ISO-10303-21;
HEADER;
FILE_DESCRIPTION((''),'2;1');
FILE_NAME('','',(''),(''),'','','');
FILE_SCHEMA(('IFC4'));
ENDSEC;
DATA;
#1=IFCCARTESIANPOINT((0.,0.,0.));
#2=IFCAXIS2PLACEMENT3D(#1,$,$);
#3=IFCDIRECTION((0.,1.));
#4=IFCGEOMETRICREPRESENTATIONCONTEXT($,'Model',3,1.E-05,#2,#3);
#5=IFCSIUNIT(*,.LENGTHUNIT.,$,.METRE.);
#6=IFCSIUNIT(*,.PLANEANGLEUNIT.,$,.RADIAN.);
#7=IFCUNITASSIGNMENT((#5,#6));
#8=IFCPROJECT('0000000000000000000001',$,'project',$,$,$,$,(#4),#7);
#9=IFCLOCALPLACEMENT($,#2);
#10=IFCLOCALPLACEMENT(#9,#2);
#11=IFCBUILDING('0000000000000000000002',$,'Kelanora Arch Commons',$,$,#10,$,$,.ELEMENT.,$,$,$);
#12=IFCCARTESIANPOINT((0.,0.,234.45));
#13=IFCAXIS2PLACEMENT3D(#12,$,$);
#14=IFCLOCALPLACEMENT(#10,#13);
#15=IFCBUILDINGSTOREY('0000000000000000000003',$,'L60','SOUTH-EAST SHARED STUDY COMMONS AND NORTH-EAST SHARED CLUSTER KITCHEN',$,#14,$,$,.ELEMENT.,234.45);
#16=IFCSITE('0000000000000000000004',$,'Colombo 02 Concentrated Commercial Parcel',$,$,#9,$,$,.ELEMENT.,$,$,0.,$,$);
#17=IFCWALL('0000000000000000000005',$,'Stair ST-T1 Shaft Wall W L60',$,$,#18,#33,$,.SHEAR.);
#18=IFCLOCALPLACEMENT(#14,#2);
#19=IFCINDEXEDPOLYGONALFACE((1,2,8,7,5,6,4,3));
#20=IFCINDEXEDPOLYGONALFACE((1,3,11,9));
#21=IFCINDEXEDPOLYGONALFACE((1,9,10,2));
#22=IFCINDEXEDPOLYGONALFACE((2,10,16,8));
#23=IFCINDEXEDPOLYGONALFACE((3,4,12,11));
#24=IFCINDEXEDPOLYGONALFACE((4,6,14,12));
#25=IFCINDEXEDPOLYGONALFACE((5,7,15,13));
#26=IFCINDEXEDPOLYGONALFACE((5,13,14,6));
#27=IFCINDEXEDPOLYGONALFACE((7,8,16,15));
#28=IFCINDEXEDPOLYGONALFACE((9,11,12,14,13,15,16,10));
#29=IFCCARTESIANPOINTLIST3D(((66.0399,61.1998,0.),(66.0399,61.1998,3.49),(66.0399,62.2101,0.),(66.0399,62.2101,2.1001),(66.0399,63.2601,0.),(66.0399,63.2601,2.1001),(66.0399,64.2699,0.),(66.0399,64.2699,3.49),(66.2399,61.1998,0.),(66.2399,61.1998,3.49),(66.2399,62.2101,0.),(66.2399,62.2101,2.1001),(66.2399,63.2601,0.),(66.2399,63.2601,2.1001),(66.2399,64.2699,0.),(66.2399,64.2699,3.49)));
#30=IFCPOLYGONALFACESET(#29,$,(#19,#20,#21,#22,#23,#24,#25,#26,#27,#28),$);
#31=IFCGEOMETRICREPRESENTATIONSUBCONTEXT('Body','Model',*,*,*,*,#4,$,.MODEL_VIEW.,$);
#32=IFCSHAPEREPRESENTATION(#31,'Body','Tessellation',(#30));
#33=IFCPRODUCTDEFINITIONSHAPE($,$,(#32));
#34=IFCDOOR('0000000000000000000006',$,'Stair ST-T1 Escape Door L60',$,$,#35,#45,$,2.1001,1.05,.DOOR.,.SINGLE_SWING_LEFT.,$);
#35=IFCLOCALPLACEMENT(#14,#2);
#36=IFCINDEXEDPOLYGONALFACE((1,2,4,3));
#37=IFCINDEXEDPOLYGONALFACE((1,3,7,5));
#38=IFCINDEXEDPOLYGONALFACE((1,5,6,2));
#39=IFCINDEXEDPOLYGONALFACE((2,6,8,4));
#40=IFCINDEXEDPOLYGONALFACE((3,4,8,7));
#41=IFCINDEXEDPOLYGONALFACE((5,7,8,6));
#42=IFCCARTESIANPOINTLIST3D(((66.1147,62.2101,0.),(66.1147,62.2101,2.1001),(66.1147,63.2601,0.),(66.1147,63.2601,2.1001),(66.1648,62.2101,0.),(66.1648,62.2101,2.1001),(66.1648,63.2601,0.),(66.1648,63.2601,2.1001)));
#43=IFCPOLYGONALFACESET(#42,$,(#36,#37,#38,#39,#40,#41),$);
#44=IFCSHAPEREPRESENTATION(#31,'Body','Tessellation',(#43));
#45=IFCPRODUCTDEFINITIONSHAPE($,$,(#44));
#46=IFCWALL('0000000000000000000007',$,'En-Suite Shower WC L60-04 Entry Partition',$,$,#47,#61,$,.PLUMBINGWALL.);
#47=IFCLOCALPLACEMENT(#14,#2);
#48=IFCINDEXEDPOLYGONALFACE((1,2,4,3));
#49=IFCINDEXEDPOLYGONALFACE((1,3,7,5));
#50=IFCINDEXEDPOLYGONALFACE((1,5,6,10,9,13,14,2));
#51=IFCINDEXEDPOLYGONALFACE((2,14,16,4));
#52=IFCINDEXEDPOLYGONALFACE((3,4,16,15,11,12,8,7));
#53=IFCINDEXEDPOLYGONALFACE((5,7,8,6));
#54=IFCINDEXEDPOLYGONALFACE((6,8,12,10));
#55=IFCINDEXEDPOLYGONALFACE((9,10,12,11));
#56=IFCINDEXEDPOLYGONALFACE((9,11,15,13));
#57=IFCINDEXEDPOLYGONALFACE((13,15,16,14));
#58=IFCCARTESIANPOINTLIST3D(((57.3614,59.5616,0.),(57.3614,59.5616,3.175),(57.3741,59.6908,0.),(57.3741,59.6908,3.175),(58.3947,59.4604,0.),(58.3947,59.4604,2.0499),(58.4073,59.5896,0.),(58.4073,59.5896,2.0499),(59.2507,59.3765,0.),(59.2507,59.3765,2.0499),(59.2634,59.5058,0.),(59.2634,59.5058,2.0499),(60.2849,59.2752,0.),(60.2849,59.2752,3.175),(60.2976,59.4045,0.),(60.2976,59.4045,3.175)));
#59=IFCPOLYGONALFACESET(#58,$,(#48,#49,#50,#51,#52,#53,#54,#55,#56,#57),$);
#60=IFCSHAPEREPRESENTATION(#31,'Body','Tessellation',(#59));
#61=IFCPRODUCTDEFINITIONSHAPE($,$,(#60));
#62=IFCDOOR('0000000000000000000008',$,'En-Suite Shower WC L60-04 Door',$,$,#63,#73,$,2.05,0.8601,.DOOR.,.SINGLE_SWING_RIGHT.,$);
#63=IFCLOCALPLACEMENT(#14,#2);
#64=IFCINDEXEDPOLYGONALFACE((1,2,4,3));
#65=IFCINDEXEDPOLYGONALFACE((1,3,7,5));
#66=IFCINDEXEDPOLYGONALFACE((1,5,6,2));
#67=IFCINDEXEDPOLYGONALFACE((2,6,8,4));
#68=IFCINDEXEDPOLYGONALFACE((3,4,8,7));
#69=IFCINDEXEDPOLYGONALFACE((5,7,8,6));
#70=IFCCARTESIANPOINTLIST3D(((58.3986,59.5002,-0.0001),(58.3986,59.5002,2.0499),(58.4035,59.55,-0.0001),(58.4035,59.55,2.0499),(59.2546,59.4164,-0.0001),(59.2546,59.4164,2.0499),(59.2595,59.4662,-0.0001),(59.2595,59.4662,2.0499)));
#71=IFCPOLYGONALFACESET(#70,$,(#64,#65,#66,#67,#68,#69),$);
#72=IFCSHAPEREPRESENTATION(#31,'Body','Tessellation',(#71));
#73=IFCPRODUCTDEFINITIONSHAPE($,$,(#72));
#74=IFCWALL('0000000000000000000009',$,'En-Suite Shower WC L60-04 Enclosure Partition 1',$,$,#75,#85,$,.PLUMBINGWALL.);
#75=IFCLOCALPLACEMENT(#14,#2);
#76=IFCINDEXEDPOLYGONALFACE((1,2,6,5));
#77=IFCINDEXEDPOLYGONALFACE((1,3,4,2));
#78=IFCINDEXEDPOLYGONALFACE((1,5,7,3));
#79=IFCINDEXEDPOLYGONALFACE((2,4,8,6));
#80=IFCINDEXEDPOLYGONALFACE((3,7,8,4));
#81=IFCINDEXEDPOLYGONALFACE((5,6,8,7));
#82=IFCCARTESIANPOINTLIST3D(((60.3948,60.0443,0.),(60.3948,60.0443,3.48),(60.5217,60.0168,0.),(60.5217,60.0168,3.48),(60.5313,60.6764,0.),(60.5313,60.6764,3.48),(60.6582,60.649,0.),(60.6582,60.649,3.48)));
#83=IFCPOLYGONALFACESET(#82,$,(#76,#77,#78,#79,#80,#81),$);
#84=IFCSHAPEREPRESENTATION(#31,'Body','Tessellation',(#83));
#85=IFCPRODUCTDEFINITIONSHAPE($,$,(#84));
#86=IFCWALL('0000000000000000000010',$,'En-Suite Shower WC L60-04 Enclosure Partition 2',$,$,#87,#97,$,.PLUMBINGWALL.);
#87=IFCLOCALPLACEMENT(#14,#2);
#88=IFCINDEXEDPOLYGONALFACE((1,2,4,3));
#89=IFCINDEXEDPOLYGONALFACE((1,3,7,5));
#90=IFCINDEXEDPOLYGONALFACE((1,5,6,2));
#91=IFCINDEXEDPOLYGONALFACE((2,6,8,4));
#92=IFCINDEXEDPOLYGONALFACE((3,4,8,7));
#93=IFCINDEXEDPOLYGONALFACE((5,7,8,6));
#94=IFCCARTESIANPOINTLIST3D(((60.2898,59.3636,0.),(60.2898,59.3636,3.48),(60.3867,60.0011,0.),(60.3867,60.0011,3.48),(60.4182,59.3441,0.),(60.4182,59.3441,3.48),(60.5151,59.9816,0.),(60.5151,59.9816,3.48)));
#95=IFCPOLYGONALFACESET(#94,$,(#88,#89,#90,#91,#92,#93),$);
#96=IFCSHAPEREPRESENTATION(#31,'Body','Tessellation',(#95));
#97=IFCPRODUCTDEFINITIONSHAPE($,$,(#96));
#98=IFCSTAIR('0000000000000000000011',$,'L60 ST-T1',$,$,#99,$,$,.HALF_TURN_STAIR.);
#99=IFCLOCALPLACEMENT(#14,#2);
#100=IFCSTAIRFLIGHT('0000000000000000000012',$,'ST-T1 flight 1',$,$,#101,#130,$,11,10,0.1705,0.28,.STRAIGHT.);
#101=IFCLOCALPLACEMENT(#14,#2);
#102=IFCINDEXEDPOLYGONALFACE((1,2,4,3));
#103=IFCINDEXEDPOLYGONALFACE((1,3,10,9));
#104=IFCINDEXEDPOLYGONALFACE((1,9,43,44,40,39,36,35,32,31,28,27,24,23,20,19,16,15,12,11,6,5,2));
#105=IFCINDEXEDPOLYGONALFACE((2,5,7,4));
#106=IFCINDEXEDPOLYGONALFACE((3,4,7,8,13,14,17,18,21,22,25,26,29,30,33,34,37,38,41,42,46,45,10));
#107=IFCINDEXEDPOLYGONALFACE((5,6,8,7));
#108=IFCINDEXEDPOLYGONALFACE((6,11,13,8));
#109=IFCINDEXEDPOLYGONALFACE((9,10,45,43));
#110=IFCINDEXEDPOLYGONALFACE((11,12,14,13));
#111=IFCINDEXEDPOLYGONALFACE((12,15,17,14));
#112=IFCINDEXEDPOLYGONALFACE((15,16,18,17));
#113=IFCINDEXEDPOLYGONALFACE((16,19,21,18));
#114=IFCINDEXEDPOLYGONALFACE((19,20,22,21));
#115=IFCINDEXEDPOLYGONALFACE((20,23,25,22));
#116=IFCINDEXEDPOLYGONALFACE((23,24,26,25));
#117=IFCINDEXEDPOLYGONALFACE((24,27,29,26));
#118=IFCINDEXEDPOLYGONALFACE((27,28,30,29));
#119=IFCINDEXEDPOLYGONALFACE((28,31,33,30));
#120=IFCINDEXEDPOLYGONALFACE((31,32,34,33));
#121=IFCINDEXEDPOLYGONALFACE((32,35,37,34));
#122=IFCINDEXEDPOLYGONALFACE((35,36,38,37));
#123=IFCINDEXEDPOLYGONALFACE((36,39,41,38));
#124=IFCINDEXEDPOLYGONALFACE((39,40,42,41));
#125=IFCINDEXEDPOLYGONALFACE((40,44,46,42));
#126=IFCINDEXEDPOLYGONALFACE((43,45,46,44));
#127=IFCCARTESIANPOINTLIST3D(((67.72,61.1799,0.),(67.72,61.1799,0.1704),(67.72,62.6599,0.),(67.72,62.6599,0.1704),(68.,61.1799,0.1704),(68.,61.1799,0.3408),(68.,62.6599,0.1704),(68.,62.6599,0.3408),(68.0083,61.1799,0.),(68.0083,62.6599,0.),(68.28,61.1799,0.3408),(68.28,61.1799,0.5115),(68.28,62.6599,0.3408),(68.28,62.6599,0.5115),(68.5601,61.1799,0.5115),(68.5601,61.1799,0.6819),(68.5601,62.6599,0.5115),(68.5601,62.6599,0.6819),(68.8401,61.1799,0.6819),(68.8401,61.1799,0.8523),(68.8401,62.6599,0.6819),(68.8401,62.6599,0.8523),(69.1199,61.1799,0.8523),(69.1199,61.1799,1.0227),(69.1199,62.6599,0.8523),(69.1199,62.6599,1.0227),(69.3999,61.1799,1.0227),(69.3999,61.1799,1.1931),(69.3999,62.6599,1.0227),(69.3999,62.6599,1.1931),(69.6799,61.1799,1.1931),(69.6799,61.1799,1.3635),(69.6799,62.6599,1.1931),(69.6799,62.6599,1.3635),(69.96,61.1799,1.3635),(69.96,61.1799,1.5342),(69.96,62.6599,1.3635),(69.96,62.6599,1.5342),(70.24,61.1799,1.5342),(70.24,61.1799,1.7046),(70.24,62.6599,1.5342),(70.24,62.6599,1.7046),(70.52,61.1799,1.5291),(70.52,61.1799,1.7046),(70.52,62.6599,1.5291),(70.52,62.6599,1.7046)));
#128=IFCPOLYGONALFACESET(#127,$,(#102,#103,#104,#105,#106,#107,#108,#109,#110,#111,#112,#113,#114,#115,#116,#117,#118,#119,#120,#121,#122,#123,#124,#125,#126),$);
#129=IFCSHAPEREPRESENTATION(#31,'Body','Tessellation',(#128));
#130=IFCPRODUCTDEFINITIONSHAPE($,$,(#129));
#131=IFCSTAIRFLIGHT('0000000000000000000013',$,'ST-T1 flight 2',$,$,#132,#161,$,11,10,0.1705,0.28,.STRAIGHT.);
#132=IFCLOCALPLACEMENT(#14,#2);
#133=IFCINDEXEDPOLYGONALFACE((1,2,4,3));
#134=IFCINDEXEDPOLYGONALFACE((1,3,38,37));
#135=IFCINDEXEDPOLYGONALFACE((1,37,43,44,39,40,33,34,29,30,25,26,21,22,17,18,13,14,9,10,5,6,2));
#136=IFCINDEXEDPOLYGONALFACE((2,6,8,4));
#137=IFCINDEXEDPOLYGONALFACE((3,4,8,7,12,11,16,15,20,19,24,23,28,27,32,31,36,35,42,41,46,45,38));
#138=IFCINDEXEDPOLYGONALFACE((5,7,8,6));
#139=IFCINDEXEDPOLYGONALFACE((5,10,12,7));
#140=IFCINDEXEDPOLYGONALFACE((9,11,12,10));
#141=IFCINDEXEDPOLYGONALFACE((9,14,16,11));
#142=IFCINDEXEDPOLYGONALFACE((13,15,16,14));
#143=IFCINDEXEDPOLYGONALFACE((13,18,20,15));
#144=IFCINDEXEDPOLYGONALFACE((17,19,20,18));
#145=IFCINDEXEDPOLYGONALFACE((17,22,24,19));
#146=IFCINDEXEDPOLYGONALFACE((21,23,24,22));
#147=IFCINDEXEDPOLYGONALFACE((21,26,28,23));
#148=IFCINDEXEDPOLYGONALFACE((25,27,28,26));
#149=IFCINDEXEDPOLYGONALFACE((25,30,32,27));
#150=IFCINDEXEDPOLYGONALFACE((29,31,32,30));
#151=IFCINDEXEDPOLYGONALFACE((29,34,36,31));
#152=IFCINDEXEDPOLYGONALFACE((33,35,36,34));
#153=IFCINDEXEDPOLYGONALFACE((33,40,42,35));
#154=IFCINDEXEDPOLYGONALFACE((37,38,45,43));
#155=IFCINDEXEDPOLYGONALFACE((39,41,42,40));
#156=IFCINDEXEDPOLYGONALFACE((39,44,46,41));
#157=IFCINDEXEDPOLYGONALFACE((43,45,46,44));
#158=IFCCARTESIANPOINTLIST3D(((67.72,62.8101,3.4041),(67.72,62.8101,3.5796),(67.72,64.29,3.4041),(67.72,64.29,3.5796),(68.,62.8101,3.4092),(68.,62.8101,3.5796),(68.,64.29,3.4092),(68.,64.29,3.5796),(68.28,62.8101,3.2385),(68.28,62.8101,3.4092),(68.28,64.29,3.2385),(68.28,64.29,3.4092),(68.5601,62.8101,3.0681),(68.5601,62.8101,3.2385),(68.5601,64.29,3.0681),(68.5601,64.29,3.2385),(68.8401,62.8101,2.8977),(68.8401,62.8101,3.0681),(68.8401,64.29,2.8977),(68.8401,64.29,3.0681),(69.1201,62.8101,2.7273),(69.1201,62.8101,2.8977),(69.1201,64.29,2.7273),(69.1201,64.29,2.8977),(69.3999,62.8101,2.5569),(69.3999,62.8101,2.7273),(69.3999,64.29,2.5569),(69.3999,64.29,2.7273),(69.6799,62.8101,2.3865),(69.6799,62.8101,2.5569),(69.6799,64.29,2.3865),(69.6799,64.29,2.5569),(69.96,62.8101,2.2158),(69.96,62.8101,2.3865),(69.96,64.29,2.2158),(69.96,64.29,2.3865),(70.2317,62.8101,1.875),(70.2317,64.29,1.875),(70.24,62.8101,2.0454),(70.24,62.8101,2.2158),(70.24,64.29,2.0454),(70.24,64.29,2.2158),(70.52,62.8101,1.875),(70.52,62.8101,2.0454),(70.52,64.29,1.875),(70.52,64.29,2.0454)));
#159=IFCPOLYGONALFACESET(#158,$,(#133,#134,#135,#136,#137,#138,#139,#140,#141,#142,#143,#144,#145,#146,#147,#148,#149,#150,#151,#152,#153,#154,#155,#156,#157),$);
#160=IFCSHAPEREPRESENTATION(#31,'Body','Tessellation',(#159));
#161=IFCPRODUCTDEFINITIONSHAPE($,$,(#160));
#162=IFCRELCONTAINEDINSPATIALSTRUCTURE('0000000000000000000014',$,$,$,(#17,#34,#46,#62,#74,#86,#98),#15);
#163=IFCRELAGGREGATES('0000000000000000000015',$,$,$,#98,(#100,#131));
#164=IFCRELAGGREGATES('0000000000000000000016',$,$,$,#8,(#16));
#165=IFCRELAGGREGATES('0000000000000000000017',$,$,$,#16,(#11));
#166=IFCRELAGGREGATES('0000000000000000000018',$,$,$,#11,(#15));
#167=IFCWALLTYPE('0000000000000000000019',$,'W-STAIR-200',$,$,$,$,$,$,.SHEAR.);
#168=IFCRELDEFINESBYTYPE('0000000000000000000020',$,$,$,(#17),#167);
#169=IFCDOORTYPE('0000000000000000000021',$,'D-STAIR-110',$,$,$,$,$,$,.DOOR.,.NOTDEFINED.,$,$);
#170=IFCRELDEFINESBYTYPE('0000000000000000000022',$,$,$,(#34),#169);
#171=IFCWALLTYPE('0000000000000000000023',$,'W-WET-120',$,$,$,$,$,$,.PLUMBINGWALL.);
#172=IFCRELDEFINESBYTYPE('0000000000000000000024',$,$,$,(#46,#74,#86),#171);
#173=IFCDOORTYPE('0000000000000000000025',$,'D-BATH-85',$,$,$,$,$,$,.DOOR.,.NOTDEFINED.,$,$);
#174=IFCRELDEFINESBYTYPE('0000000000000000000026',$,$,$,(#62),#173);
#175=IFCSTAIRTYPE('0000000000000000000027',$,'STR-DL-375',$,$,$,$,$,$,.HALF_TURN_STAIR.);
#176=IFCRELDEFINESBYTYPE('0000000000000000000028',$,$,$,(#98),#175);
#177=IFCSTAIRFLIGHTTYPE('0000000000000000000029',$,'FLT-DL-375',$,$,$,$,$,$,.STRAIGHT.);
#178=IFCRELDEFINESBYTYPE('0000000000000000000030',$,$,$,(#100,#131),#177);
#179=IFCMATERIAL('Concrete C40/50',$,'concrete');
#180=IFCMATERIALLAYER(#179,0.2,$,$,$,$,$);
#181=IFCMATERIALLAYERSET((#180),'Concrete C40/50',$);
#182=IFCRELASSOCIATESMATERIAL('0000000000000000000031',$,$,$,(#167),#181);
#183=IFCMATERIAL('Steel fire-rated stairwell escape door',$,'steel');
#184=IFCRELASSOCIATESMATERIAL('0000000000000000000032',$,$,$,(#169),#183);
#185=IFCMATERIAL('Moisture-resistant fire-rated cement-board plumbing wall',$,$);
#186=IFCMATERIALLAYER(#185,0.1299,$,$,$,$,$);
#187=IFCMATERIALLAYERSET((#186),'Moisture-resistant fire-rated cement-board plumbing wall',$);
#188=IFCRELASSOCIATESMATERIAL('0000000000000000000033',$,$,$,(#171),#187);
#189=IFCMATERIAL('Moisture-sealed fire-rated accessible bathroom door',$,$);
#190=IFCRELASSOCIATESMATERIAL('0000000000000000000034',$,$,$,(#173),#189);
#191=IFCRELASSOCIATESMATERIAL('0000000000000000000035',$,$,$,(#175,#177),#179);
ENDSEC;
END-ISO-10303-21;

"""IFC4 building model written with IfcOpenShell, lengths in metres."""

from ifc_helpers import new_model, si_unit, direction, frame, frame_2d, origin, place, context, subcontext, project, spatial, polyline, rectangle, outline, extrude, material, layer, layer_set, type_object, element, fill, aggregate, save


model = new_model("IFC4")

# Units and contexts
model_context = context("Model", 3, precision=1e-05, world=origin(), true_north=direction((0.0, 1.0)))
body_context = subcontext(model_context, "Body", "Model", "MODEL_VIEW")
ifc_project = project(units=[si_unit("LENGTHUNIT", "METRE"), si_unit("PLANEANGLEUNIT", "RADIAN")], contexts=[model_context])

# Site, building, storey
site_placement = place(None, origin())
site = spatial("IfcSite", under=ifc_project, at=site_placement, Name="Colombo 02 Concentrated Commercial Parcel", CompositionType="ELEMENT", RefElevation=0.0)
building_placement = place(site_placement, origin())
building = spatial("IfcBuilding", under=site, at=building_placement, Name="Kelanora Arch Commons", CompositionType="ELEMENT")
storey_placement = place(building_placement, frame((0.0, 0.0, 234.45)))
storey = spatial("IfcBuildingStorey", under=building, at=storey_placement, Name="L60", Description="SOUTH-EAST SHARED STUDY COMMONS AND NORTH-EAST SHARED CLUSTER KITCHEN", CompositionType="ELEMENT", Elevation=234.45)

# Shared definitions
ifc_material_1 = material(Name="Concrete C40/50", Category="concrete")
ifc_layer_1 = layer(ifc_material_1, 0.2)
ifc_layer_set_1 = layer_set([ifc_layer_1], Name="Concrete C40/50")
wall_type_1 = type_object("IfcWallType", Name="W-STAIR-200", PredefinedType="SHEAR", material=ifc_layer_set_1)

# Walls, openings, doors
wall_1_placement = place(storey_placement, frame((66.1399, 64.27, 0.0), z_axis=(0.0, 0.0, 1.0), x_axis=(0.0, -1.0, 0.0)))
wall_1 = element("IfcWall", 1, at=wall_1_placement, inside=storey, type_object=wall_type_1, Name="Stair ST-T1 Shaft Wall W L60", PredefinedType="SHEAR", context=body_context, shape_type="SweptSolid", body=[
    extrude(rectangle(XDim=3.0701, YDim=0.2, at=frame_2d((1.5352, 0.0))), origin(), (0.0, 0.0, 1.0), 3.49),
])
opening_1_placement = place(wall_1_placement, frame((1.01, 0.0, 0.0)))
opening_1 = element("IfcOpeningElement", 2, at=opening_1_placement, cuts=wall_1, PredefinedType="OPENING", context=body_context, shape_type="SweptSolid", body=[
    extrude(rectangle(XDim=1.05, YDim=2.1001, at=frame_2d((0.5249, 1.05))), frame((0.0, 0.1099, 0.0), z_axis=(0.0, -1.0, 0.0), x_axis=(1.0, 0.0, 0.0)), (0.0, 0.0, 1.0), 0.22),
])
ifc_material_2 = material(Name="Steel fire-rated stairwell escape door", Category="steel")
door_type_1 = type_object("IfcDoorType", Name="D-STAIR-110", OperationType="NOTDEFINED", PredefinedType="DOOR", material=ifc_material_2)
door_1_placement = place(opening_1_placement, origin())
door_1 = element("IfcDoor", 3, at=door_1_placement, inside=storey, type_object=door_type_1, Name="Stair ST-T1 Escape Door L60", OperationType="SINGLE_SWING_LEFT", OverallHeight=2.1001, OverallWidth=1.05, PredefinedType="DOOR", context=body_context, shape_type="SweptSolid", body=[
    extrude(rectangle(XDim=1.05, YDim=2.1001, at=frame_2d((0.5249, 1.05))), frame((0.0, 0.0249, 0.0), z_axis=(0.0, -1.0, 0.0), x_axis=(1.0, 0.0, 0.0)), (0.0, 0.0, 1.0), 0.05),
])
fill(opening_1, door_1)
ifc_material_3 = material(Name="Moisture-resistant fire-rated cement-board plumbing wall")
ifc_layer_2 = layer(ifc_material_3, 0.1299)
ifc_layer_set_2 = layer_set([ifc_layer_2], Name="Moisture-resistant fire-rated cement-board plumbing wall")
wall_type_2 = type_object("IfcWallType", Name="W-WET-120", PredefinedType="PLUMBINGWALL", material=ifc_layer_set_2)
wall_2_placement = place(storey_placement, frame((60.2913, 59.3398, 0.0), z_axis=(0.0, 0.0, 1.0), x_axis=(-0.995237, 0.097487, 0.0)))
wall_2 = element("IfcWall", 4, at=wall_2_placement, inside=storey, type_object=wall_type_2, Name="En-Suite Shower WC L60-04 Entry Partition", PredefinedType="PLUMBINGWALL", context=body_context, shape_type="SweptSolid", body=[
    extrude(rectangle(XDim=2.9375, YDim=0.1299, at=frame_2d((1.4688, 0.0))), origin(), (0.0, 0.0, 1.0), 3.175),
])
opening_2_placement = place(wall_2_placement, frame((1.0391, 0.0, 0.0)))
opening_2 = element("IfcOpeningElement", 5, at=opening_2_placement, cuts=wall_2, PredefinedType="OPENING", context=body_context, shape_type="SweptSolid", body=[
    extrude(rectangle(XDim=0.8601, YDim=2.05, at=frame_2d((0.4302, 1.0249))), frame((0.0, 0.075, 0.0), z_axis=(0.0, -1.0, 0.0), x_axis=(1.0, 0.0, 0.0)), (0.0, 0.0, 1.0), 0.1499),
])
ifc_material_4 = material(Name="Moisture-sealed fire-rated accessible bathroom door")
door_type_2 = type_object("IfcDoorType", Name="D-BATH-85", OperationType="NOTDEFINED", PredefinedType="DOOR", material=ifc_material_4)
door_2_placement = place(opening_2_placement, origin())
door_2 = element("IfcDoor", 6, at=door_2_placement, inside=storey, type_object=door_type_2, Name="En-Suite Shower WC L60-04 Door", OperationType="SINGLE_SWING_RIGHT", OverallHeight=2.05, OverallWidth=0.8601, PredefinedType="DOOR", context=body_context, shape_type="SweptSolid", body=[
    extrude(rectangle(XDim=0.8601, YDim=2.05, at=frame_2d((0.4302, 1.0249))), frame((0.0, 0.0249, 0.0), z_axis=(0.0, -1.0, 0.0), x_axis=(1.0, 0.0, 0.0)), (0.0, 0.0, 1.0), 0.05),
])
fill(opening_2, door_2)

# Walls
wall_3_placement = place(storey_placement, frame((60.5947, 60.6626, 0.0), z_axis=(0.0, 0.0, 1.0), x_axis=(-0.21105, -0.977475, 0.0)))
element("IfcWall", 7, at=wall_3_placement, inside=storey, type_object=wall_type_2, Name="En-Suite Shower WC L60-04 Enclosure Partition 1", PredefinedType="PLUMBINGWALL", context=body_context, shape_type="SweptSolid", body=[
    extrude(rectangle(XDim=0.6467, YDim=0.1299, at=frame_2d((0.3232, 0.0))), origin(), (0.0, 0.0, 1.0), 3.48),
])
wall_4_placement = place(storey_placement, frame((60.4509, 59.9912, 0.0), z_axis=(0.0, 0.0, 1.0), x_axis=(-0.150321, -0.988637, 0.0)))
element("IfcWall", 8, at=wall_4_placement, inside=storey, type_object=wall_type_2, Name="En-Suite Shower WC L60-04 Enclosure Partition 2", PredefinedType="PLUMBINGWALL", context=body_context, shape_type="SweptSolid", body=[
    extrude(rectangle(XDim=0.6448, YDim=0.1299, at=frame_2d((0.3223, 0.0))), origin(), (0.0, 0.0, 1.0), 3.48),
])

# Stair, stair flights
stair_type = type_object("IfcStairType", Name="STR-DL-375", PredefinedType="HALF_TURN_STAIR", material=ifc_material_1)
stair_placement = place(storey_placement, origin())
stair = element("IfcStair", 9, at=stair_placement, inside=storey, type_object=stair_type, Name="L60 ST-T1", PredefinedType="HALF_TURN_STAIR")
stair_flight_type = type_object("IfcStairFlightType", Name="FLT-DL-375", PredefinedType="STRAIGHT", material=ifc_material_1)
stair_flight_1_placement = place(storey_placement, frame((67.72, 61.9199, 0.0), z_axis=(0.0, 0.0, 1.0), x_axis=(1.0, 0.0, 0.0)))
stair_flight_1 = element("IfcStairFlight", 10, at=stair_flight_1_placement, type_object=stair_flight_type, Name="ST-T1 flight 1", NumberOfRisers=11, NumberOfTreads=10, PredefinedType="STRAIGHT", RiserHeight=0.1705, TreadLength=0.28, context=body_context, shape_type="SweptSolid", body=[
    extrude(outline(polyline([(0.0, 0.0), (0.0, 0.1704), (0.28, 0.1704), (0.28, 0.3408), (0.5601, 0.3408), (0.5601, 0.5115), (0.8401, 0.5115), (0.8401, 0.6819), (1.1201, 0.6819), (1.1201, 0.8523), (1.3999, 0.8523), (1.3999, 1.0227), (1.6799, 1.0227), (1.6799, 1.1931), (1.96, 1.1931), (1.96, 1.3635), (2.24, 1.3635), (2.24, 1.5342), (2.52, 1.5342), (2.52, 1.7046), (2.8, 1.7046), (2.8, 1.875), (2.8, 1.5291), (0.2883, 0.0), (0.0, 0.0)])), frame((0.0, 0.74, 0.0), z_axis=(0.0, -1.0, 0.0), x_axis=(1.0, 0.0, 0.0)), (0.0, 0.0, 1.0), 1.48),
])
stair_flight_2_placement = place(storey_placement, frame((70.52, 63.55, 1.875), z_axis=(0.0, 0.0, 1.0), x_axis=(-1.0, 0.0, 0.0)))
stair_flight_2 = element("IfcStairFlight", 11, at=stair_flight_2_placement, type_object=stair_flight_type, Name="ST-T1 flight 2", NumberOfRisers=11, NumberOfTreads=10, PredefinedType="STRAIGHT", RiserHeight=0.1705, TreadLength=0.28, context=body_context, shape_type="SweptSolid", body=[
    extrude(outline(polyline([(0.0, 0.0), (0.0, 0.1704), (0.28, 0.1704), (0.28, 0.3408), (0.5601, 0.3408), (0.5601, 0.5115), (0.8401, 0.5115), (0.8401, 0.6819), (1.1201, 0.6819), (1.1201, 0.8523), (1.3999, 0.8523), (1.3999, 1.0227), (1.6799, 1.0227), (1.6799, 1.1931), (1.96, 1.1931), (1.96, 1.3635), (2.24, 1.3635), (2.24, 1.5342), (2.52, 1.5342), (2.52, 1.7046), (2.8, 1.7046), (2.8, 1.875), (2.8, 1.5291), (0.2883, 0.0), (0.0, 0.0)])), frame((0.0, 0.74, 0.0), z_axis=(0.0, -1.0, 0.0), x_axis=(1.0, 0.0, 0.0)), (0.0, 0.0, 1.0), 1.48),
])
aggregate(stair, [stair_flight_1, stair_flight_2])

save(model, "model.ifc")
